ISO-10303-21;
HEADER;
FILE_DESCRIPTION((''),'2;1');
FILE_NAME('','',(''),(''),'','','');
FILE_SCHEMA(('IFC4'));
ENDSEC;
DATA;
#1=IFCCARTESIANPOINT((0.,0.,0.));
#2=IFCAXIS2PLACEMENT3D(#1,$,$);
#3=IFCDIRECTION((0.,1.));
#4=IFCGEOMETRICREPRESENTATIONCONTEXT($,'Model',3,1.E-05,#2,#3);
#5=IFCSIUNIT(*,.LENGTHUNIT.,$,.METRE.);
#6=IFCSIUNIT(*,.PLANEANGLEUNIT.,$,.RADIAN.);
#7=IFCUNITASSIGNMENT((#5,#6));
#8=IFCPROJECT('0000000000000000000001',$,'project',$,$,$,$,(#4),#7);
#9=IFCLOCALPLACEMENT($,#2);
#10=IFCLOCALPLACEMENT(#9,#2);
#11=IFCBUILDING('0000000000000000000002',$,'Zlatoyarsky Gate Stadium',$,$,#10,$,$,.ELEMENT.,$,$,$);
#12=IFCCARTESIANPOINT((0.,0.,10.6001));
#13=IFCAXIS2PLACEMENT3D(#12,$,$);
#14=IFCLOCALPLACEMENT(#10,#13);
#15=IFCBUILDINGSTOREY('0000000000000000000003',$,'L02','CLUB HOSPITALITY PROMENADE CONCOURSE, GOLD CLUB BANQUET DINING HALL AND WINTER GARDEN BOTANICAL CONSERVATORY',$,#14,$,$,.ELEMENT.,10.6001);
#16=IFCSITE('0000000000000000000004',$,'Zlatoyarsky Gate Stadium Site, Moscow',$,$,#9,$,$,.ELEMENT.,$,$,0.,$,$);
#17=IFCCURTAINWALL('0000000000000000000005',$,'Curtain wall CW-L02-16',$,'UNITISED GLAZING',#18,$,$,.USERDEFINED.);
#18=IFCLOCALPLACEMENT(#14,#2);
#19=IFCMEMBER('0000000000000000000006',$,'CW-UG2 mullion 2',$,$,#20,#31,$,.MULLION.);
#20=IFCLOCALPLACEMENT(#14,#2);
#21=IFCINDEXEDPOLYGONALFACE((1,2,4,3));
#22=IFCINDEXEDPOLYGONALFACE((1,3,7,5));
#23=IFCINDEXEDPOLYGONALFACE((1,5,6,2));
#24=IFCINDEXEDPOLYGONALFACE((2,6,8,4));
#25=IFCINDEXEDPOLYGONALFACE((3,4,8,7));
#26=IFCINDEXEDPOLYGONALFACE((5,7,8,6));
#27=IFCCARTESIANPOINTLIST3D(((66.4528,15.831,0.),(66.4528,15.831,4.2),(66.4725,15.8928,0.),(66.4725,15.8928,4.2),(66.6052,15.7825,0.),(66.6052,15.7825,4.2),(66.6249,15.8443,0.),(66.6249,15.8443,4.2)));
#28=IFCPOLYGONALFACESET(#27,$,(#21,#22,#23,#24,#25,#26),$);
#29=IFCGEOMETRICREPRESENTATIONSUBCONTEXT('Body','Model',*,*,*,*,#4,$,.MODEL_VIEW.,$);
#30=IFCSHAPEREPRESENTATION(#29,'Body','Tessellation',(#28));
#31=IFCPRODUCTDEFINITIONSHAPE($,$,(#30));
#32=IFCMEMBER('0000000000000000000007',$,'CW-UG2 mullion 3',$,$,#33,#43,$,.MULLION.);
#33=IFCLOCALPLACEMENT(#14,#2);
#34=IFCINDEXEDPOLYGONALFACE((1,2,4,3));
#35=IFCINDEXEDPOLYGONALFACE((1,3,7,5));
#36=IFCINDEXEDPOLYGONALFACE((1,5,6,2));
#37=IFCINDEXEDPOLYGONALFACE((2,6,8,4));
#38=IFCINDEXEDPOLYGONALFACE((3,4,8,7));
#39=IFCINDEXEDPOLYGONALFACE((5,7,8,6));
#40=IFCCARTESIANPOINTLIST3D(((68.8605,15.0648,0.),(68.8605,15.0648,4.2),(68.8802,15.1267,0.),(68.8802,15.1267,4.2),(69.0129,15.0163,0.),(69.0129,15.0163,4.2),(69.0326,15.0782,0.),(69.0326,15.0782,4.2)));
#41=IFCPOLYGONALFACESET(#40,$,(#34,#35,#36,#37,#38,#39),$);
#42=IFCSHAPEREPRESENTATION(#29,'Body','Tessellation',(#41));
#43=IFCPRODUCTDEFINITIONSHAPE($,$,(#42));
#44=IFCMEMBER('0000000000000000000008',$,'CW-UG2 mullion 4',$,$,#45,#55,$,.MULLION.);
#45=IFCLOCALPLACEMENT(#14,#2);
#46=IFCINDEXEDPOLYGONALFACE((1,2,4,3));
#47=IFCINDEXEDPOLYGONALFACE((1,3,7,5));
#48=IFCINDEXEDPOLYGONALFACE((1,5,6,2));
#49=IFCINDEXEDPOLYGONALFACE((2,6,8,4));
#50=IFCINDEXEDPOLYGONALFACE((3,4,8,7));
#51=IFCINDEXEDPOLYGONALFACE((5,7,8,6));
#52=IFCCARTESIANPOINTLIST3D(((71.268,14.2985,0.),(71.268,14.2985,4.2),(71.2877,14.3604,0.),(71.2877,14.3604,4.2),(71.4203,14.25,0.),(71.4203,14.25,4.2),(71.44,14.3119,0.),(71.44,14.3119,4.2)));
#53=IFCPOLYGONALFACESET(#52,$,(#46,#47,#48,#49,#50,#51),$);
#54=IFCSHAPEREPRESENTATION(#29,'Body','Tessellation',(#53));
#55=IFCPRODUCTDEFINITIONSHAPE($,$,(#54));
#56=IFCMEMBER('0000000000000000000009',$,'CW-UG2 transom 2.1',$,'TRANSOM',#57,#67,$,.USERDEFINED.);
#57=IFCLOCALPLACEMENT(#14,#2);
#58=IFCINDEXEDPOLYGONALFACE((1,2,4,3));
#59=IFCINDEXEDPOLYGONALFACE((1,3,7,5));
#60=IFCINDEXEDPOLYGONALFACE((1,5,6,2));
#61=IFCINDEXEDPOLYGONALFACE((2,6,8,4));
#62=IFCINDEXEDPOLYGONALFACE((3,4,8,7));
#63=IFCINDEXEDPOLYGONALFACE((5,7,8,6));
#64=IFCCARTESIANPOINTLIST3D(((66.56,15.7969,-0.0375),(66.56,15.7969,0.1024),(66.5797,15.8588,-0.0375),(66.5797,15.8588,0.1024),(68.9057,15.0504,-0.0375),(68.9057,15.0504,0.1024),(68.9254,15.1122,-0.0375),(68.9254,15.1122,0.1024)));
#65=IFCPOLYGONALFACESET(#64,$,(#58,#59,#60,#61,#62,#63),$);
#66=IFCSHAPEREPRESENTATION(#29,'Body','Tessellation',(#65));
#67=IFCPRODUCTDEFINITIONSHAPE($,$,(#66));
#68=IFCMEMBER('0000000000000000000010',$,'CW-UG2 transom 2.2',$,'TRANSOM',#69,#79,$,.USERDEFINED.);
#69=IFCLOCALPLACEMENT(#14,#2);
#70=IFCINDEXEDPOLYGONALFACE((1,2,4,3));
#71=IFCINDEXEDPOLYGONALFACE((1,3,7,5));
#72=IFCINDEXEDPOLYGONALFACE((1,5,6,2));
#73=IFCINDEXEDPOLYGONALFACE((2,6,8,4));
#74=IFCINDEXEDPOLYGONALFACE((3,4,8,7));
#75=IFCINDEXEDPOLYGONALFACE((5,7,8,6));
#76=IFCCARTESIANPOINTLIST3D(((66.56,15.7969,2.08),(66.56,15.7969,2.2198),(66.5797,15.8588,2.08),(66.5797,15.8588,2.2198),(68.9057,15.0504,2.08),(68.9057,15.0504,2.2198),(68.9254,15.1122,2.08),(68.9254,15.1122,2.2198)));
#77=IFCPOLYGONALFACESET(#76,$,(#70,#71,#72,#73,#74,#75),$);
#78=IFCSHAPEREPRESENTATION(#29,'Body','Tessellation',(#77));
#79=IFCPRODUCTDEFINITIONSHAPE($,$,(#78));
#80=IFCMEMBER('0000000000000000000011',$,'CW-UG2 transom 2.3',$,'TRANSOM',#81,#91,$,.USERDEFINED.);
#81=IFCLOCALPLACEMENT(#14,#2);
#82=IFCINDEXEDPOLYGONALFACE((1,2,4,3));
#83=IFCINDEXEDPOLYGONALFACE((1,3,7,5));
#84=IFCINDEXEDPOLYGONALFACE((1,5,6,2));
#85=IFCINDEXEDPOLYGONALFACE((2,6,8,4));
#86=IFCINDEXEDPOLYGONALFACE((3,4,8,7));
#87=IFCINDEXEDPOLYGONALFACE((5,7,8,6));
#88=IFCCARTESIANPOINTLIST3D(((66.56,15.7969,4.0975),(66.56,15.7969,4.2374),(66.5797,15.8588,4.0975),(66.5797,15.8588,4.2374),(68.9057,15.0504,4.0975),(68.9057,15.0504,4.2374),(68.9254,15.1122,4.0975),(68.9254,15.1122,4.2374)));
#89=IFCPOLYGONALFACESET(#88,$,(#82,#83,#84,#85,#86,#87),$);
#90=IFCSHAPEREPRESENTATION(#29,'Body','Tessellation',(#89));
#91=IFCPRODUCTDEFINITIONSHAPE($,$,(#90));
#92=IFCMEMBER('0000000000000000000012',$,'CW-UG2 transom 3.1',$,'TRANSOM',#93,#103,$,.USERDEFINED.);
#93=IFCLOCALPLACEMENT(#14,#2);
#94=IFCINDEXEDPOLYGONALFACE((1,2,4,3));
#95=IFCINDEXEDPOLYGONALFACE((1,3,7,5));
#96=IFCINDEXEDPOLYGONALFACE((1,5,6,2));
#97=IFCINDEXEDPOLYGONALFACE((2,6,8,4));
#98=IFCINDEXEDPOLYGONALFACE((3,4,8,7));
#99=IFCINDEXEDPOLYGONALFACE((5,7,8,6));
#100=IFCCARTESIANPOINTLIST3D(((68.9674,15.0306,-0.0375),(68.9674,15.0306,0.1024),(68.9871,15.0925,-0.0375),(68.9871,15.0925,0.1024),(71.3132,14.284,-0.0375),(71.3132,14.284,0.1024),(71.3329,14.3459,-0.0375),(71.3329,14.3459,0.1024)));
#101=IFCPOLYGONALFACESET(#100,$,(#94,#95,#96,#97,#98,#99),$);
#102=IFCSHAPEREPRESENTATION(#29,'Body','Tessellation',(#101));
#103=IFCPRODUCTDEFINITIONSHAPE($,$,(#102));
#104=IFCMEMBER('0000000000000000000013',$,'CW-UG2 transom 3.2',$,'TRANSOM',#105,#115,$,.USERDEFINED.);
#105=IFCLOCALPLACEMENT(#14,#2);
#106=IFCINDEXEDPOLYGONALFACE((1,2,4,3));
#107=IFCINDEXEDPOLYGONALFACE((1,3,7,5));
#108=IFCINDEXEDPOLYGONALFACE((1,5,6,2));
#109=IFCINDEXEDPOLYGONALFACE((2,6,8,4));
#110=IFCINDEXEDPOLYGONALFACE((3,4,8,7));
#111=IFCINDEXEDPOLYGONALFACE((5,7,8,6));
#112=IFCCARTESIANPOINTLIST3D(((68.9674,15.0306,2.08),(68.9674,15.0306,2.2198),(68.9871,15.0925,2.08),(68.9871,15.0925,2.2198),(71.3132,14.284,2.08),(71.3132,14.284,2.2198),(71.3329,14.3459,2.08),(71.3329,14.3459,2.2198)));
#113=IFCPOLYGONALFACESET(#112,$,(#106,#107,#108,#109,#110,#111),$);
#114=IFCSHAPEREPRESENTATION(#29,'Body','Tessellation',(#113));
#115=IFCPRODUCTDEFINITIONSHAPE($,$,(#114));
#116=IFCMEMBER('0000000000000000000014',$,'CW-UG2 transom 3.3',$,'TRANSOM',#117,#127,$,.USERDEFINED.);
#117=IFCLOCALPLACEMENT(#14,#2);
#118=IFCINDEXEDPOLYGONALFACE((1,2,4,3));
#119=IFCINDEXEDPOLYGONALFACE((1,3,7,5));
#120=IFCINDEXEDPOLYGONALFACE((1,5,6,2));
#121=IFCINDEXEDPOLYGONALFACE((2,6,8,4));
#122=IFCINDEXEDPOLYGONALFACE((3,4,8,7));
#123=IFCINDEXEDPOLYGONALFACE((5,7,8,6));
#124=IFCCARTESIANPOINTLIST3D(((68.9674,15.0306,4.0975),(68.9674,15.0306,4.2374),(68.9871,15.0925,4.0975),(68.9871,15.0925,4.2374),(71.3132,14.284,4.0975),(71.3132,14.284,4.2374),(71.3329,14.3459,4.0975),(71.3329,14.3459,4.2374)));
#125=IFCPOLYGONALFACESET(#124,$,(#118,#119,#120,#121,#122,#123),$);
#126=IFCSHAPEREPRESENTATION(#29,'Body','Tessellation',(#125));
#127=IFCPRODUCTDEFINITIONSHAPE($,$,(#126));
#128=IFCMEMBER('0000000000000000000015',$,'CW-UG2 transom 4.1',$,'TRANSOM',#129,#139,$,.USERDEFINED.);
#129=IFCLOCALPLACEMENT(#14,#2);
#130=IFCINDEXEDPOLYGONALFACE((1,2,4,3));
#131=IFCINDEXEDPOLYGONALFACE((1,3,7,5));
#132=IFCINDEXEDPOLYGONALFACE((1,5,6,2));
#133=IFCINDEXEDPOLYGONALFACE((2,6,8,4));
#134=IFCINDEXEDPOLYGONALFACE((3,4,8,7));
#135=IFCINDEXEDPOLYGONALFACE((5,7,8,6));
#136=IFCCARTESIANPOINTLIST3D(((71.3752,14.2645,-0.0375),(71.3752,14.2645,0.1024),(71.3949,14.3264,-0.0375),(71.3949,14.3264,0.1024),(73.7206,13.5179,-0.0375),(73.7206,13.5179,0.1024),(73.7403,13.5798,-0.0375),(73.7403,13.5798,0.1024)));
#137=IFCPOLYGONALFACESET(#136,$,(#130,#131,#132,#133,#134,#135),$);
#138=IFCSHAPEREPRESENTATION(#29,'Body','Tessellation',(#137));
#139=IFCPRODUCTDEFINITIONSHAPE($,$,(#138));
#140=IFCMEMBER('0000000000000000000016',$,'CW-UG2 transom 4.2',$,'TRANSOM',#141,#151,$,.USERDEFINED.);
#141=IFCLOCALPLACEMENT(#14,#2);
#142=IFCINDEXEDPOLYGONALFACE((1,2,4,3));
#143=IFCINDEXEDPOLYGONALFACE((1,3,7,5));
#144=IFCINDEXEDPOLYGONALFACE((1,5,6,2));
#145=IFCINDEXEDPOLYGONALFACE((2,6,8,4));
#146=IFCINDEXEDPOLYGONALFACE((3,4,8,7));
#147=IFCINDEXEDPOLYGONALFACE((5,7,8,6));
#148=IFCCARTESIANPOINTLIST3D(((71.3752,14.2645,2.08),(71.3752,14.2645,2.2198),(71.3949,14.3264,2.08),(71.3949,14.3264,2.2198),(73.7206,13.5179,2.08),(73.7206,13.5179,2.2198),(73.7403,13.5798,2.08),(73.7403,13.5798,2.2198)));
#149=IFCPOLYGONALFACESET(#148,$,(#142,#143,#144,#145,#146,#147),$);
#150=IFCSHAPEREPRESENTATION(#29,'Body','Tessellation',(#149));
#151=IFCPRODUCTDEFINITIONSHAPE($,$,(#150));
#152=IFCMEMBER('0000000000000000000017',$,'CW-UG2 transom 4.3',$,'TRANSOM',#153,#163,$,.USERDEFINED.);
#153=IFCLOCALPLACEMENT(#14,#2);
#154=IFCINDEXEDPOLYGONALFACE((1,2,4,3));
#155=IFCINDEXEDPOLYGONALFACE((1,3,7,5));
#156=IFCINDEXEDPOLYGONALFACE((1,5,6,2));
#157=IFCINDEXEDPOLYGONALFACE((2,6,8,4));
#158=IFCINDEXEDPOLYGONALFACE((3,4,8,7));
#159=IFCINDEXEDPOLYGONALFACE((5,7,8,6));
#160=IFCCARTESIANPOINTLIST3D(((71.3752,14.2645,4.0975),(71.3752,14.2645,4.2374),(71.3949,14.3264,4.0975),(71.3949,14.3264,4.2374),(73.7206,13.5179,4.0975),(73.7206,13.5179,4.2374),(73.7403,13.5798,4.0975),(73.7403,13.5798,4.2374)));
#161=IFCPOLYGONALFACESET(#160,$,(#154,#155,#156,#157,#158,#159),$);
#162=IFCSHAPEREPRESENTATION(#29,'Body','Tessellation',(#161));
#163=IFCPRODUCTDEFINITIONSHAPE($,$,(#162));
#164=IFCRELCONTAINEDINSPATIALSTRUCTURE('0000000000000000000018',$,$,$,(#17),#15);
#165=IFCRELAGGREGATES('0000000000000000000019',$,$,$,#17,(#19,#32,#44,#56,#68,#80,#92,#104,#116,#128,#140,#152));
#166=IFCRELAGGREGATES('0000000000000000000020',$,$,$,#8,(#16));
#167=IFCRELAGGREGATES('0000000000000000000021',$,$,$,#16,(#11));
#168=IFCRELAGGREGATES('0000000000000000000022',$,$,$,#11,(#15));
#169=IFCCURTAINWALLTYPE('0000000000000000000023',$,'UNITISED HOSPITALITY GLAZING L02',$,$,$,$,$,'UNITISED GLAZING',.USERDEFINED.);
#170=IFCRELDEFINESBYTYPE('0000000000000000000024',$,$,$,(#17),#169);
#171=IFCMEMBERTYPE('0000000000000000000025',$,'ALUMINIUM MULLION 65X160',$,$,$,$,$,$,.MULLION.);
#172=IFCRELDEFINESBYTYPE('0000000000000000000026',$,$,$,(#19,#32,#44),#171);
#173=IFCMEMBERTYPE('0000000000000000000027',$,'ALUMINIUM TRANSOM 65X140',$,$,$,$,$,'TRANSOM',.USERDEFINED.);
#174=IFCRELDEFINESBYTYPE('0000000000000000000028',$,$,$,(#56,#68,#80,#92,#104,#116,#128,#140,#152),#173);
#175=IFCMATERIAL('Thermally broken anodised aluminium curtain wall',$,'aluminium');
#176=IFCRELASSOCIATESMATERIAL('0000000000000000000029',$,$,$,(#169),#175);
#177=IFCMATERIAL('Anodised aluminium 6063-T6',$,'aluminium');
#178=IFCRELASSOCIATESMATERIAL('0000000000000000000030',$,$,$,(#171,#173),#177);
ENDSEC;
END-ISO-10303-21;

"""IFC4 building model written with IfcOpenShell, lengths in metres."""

from ifc_helpers import new_model, si_unit, direction, frame, origin, origin_2d, place, context, subcontext, project, spatial, rectangle, extrude, material, material_profile, profile_set, type_object, element, aggregate, save


model = new_model("IFC4")

# Units and contexts
model_context = context("Model", 3, precision=1e-05, world=origin(), true_north=direction((0.0, 1.0)))
body_context = subcontext(model_context, "Body", "Model", "MODEL_VIEW")
ifc_project = project(units=[si_unit("LENGTHUNIT", "METRE"), si_unit("PLANEANGLEUNIT", "RADIAN")], contexts=[model_context])

# Site, building, storey
site_placement = place(None, origin())
site = spatial("IfcSite", under=ifc_project, at=site_placement, Name="Zlatoyarsky Gate Stadium Site, Moscow", CompositionType="ELEMENT", RefElevation=0.0)
building_placement = place(site_placement, origin())
building = spatial("IfcBuilding", under=site, at=building_placement, Name="Zlatoyarsky Gate Stadium", CompositionType="ELEMENT")
storey_placement = place(building_placement, frame((0.0, 0.0, 10.6001)))
storey = spatial("IfcBuildingStorey", under=building, at=storey_placement, Name="L02", Description="CLUB HOSPITALITY PROMENADE CONCOURSE, GOLD CLUB BANQUET DINING HALL AND WINTER GARDEN BOTANICAL CONSERVATORY", CompositionType="ELEMENT", Elevation=10.6001)

# Curtain wall, members
ifc_material_1 = material(Name="Thermally broken anodised aluminium curtain wall", Category="aluminium")
curtain_wall_type = type_object("IfcCurtainWallType", Name="UNITISED HOSPITALITY GLAZING L02", ElementType="UNITISED GLAZING", PredefinedType="USERDEFINED", material=ifc_material_1)
curtain_wall_placement = place(storey_placement, origin())
curtain_wall = element("IfcCurtainWall", 1, at=curtain_wall_placement, inside=storey, type_object=curtain_wall_type, Name="Curtain wall CW-L02-16", ObjectType="UNITISED GLAZING", PredefinedType="USERDEFINED")
ifc_material_2 = material(Name="Anodised aluminium 6063-T6", Category="aluminium")
ifc_material_profile_1 = material_profile(ifc_material_2, rectangle(XDim=0.0649, YDim=0.1599, at=origin_2d()), Name="ALU 65X160")
ifc_profile_set_1 = profile_set([ifc_material_profile_1], Name="Anodised aluminium 6063-T6")
member_type_1 = type_object("IfcMemberType", Name="ALUMINIUM MULLION 65X160", PredefinedType="MULLION", material=ifc_profile_set_1)
member_1_placement = place(storey_placement, frame((66.5388, 15.8376, 0.0), z_axis=(0.0, 0.0, 1.0), x_axis=(0.303278, 0.952902, 0.0)))
member_1 = element("IfcMember", 2, at=member_1_placement, type_object=member_type_1, Name="CW-UG2 mullion 2", PredefinedType="MULLION", context=body_context, shape_type="SweptSolid", body=[
    extrude(rectangle(XDim=0.0649, YDim=0.1599, at=origin_2d()), origin(), (0.0, 0.0, 1.0), 4.2),
])
member_2_placement = place(storey_placement, frame((68.9465, 15.0715, 0.0), z_axis=(0.0, 0.0, 1.0), x_axis=(0.303278, 0.952902, 0.0)))
member_2 = element("IfcMember", 3, at=member_2_placement, type_object=member_type_1, Name="CW-UG2 mullion 3", PredefinedType="MULLION", context=body_context, shape_type="SweptSolid", body=[
    extrude(rectangle(XDim=0.0649, YDim=0.1599, at=origin_2d()), origin(), (0.0, 0.0, 1.0), 4.2),
])
member_3_placement = place(storey_placement, frame((71.354, 14.3052, 0.0), z_axis=(0.0, 0.0, 1.0), x_axis=(0.303278, 0.952902, 0.0)))
member_3 = element("IfcMember", 4, at=member_3_placement, type_object=member_type_1, Name="CW-UG2 mullion 4", PredefinedType="MULLION", context=body_context, shape_type="SweptSolid", body=[
    extrude(rectangle(XDim=0.0649, YDim=0.1599, at=origin_2d()), origin(), (0.0, 0.0, 1.0), 4.2),
])
ifc_material_profile_2 = material_profile(ifc_material_2, rectangle(XDim=0.0649, YDim=0.1399, at=origin_2d()), Name="ALU 65X140")
ifc_profile_set_2 = profile_set([ifc_material_profile_2], Name="Anodised aluminium 6063-T6")
member_type_2 = type_object("IfcMemberType", Name="ALUMINIUM TRANSOM 65X140", ElementType="TRANSOM", PredefinedType="USERDEFINED", material=ifc_profile_set_2)
member_4_placement = place(storey_placement, frame((66.5698, 15.8279, 0.0325), z_axis=(0.9529, -0.303286, 0.0), x_axis=(0.303286, 0.9529, 0.0)))
member_4 = element("IfcMember", 5, at=member_4_placement, type_object=member_type_2, Name="CW-UG2 transom 2.1", ObjectType="TRANSOM", PredefinedType="USERDEFINED", context=body_context, shape_type="SweptSolid", body=[
    extrude(rectangle(XDim=0.0649, YDim=0.1399, at=origin_2d()), origin(), (0.0, 0.0, 1.0), 2.4617),
])
member_5_placement = place(storey_placement, frame((66.5698, 15.8279, 2.1499), z_axis=(0.9529, -0.303286, 0.0), x_axis=(0.303286, 0.9529, 0.0)))
member_5 = element("IfcMember", 6, at=member_5_placement, type_object=member_type_2, Name="CW-UG2 transom 2.2", ObjectType="TRANSOM", PredefinedType="USERDEFINED", context=body_context, shape_type="SweptSolid", body=[
    extrude(rectangle(XDim=0.0649, YDim=0.1399, at=origin_2d()), origin(), (0.0, 0.0, 1.0), 2.4617),
])
member_6_placement = place(storey_placement, frame((66.5698, 15.8279, 4.1675), z_axis=(0.9529, -0.303286, 0.0), x_axis=(0.303286, 0.9529, 0.0)))
member_6 = element("IfcMember", 7, at=member_6_placement, type_object=member_type_2, Name="CW-UG2 transom 2.3", ObjectType="TRANSOM", PredefinedType="USERDEFINED", context=body_context, shape_type="SweptSolid", body=[
    extrude(rectangle(XDim=0.0649, YDim=0.1399, at=origin_2d()), origin(), (0.0, 0.0, 1.0), 2.4617),
])
member_7_placement = place(storey_placement, frame((68.9773, 15.0615, 0.0325), z_axis=(0.9529, -0.303286, 0.0), x_axis=(0.303286, 0.9529, 0.0)))
member_7 = element("IfcMember", 8, at=member_7_placement, type_object=member_type_2, Name="CW-UG2 transom 3.1", ObjectType="TRANSOM", PredefinedType="USERDEFINED", context=body_context, shape_type="SweptSolid", body=[
    extrude(rectangle(XDim=0.0649, YDim=0.1399, at=origin_2d()), origin(), (0.0, 0.0, 1.0), 2.4617),
])
member_8_placement = place(storey_placement, frame((68.9773, 15.0615, 2.1499), z_axis=(0.9529, -0.303286, 0.0), x_axis=(0.303286, 0.9529, 0.0)))
member_8 = element("IfcMember", 9, at=member_8_placement, type_object=member_type_2, Name="CW-UG2 transom 3.2", ObjectType="TRANSOM", PredefinedType="USERDEFINED", context=body_context, shape_type="SweptSolid", body=[
    extrude(rectangle(XDim=0.0649, YDim=0.1399, at=origin_2d()), origin(), (0.0, 0.0, 1.0), 2.4617),
])
member_9_placement = place(storey_placement, frame((68.9773, 15.0615, 4.1675), z_axis=(0.9529, -0.303286, 0.0), x_axis=(0.303286, 0.9529, 0.0)))
member_9 = element("IfcMember", 10, at=member_9_placement, type_object=member_type_2, Name="CW-UG2 transom 3.3", ObjectType="TRANSOM", PredefinedType="USERDEFINED", context=body_context, shape_type="SweptSolid", body=[
    extrude(rectangle(XDim=0.0649, YDim=0.1399, at=origin_2d()), origin(), (0.0, 0.0, 1.0), 2.4617),
])
member_10_placement = place(storey_placement, frame((71.385, 14.2954, 0.0325), z_axis=(0.952891, -0.303314, 0.0), x_axis=(0.303314, 0.952891, 0.0)))
member_10 = element("IfcMember", 11, at=member_10_placement, type_object=member_type_2, Name="CW-UG2 transom 4.1", ObjectType="TRANSOM", PredefinedType="USERDEFINED", context=body_context, shape_type="SweptSolid", body=[
    extrude(rectangle(XDim=0.0649, YDim=0.1399, at=origin_2d()), origin(), (0.0, 0.0, 1.0), 2.4614),
])
member_11_placement = place(storey_placement, frame((71.385, 14.2954, 2.1499), z_axis=(0.952891, -0.303314, 0.0), x_axis=(0.303314, 0.952891, 0.0)))
member_11 = element("IfcMember", 12, at=member_11_placement, type_object=member_type_2, Name="CW-UG2 transom 4.2", ObjectType="TRANSOM", PredefinedType="USERDEFINED", context=body_context, shape_type="SweptSolid", body=[
    extrude(rectangle(XDim=0.0649, YDim=0.1399, at=origin_2d()), origin(), (0.0, 0.0, 1.0), 2.4614),
])
member_12_placement = place(storey_placement, frame((71.385, 14.2954, 4.1675), z_axis=(0.952891, -0.303314, 0.0), x_axis=(0.303314, 0.952891, 0.0)))
member_12 = element("IfcMember", 13, at=member_12_placement, type_object=member_type_2, Name="CW-UG2 transom 4.3", ObjectType="TRANSOM", PredefinedType="USERDEFINED", context=body_context, shape_type="SweptSolid", body=[
    extrude(rectangle(XDim=0.0649, YDim=0.1399, at=origin_2d()), origin(), (0.0, 0.0, 1.0), 2.4614),
])

aggregate(curtain_wall, [member_1, member_2, member_3, member_4, member_5, member_6, member_7, member_8, member_9, member_10, member_11, member_12])

save(model, "model.ifc")
